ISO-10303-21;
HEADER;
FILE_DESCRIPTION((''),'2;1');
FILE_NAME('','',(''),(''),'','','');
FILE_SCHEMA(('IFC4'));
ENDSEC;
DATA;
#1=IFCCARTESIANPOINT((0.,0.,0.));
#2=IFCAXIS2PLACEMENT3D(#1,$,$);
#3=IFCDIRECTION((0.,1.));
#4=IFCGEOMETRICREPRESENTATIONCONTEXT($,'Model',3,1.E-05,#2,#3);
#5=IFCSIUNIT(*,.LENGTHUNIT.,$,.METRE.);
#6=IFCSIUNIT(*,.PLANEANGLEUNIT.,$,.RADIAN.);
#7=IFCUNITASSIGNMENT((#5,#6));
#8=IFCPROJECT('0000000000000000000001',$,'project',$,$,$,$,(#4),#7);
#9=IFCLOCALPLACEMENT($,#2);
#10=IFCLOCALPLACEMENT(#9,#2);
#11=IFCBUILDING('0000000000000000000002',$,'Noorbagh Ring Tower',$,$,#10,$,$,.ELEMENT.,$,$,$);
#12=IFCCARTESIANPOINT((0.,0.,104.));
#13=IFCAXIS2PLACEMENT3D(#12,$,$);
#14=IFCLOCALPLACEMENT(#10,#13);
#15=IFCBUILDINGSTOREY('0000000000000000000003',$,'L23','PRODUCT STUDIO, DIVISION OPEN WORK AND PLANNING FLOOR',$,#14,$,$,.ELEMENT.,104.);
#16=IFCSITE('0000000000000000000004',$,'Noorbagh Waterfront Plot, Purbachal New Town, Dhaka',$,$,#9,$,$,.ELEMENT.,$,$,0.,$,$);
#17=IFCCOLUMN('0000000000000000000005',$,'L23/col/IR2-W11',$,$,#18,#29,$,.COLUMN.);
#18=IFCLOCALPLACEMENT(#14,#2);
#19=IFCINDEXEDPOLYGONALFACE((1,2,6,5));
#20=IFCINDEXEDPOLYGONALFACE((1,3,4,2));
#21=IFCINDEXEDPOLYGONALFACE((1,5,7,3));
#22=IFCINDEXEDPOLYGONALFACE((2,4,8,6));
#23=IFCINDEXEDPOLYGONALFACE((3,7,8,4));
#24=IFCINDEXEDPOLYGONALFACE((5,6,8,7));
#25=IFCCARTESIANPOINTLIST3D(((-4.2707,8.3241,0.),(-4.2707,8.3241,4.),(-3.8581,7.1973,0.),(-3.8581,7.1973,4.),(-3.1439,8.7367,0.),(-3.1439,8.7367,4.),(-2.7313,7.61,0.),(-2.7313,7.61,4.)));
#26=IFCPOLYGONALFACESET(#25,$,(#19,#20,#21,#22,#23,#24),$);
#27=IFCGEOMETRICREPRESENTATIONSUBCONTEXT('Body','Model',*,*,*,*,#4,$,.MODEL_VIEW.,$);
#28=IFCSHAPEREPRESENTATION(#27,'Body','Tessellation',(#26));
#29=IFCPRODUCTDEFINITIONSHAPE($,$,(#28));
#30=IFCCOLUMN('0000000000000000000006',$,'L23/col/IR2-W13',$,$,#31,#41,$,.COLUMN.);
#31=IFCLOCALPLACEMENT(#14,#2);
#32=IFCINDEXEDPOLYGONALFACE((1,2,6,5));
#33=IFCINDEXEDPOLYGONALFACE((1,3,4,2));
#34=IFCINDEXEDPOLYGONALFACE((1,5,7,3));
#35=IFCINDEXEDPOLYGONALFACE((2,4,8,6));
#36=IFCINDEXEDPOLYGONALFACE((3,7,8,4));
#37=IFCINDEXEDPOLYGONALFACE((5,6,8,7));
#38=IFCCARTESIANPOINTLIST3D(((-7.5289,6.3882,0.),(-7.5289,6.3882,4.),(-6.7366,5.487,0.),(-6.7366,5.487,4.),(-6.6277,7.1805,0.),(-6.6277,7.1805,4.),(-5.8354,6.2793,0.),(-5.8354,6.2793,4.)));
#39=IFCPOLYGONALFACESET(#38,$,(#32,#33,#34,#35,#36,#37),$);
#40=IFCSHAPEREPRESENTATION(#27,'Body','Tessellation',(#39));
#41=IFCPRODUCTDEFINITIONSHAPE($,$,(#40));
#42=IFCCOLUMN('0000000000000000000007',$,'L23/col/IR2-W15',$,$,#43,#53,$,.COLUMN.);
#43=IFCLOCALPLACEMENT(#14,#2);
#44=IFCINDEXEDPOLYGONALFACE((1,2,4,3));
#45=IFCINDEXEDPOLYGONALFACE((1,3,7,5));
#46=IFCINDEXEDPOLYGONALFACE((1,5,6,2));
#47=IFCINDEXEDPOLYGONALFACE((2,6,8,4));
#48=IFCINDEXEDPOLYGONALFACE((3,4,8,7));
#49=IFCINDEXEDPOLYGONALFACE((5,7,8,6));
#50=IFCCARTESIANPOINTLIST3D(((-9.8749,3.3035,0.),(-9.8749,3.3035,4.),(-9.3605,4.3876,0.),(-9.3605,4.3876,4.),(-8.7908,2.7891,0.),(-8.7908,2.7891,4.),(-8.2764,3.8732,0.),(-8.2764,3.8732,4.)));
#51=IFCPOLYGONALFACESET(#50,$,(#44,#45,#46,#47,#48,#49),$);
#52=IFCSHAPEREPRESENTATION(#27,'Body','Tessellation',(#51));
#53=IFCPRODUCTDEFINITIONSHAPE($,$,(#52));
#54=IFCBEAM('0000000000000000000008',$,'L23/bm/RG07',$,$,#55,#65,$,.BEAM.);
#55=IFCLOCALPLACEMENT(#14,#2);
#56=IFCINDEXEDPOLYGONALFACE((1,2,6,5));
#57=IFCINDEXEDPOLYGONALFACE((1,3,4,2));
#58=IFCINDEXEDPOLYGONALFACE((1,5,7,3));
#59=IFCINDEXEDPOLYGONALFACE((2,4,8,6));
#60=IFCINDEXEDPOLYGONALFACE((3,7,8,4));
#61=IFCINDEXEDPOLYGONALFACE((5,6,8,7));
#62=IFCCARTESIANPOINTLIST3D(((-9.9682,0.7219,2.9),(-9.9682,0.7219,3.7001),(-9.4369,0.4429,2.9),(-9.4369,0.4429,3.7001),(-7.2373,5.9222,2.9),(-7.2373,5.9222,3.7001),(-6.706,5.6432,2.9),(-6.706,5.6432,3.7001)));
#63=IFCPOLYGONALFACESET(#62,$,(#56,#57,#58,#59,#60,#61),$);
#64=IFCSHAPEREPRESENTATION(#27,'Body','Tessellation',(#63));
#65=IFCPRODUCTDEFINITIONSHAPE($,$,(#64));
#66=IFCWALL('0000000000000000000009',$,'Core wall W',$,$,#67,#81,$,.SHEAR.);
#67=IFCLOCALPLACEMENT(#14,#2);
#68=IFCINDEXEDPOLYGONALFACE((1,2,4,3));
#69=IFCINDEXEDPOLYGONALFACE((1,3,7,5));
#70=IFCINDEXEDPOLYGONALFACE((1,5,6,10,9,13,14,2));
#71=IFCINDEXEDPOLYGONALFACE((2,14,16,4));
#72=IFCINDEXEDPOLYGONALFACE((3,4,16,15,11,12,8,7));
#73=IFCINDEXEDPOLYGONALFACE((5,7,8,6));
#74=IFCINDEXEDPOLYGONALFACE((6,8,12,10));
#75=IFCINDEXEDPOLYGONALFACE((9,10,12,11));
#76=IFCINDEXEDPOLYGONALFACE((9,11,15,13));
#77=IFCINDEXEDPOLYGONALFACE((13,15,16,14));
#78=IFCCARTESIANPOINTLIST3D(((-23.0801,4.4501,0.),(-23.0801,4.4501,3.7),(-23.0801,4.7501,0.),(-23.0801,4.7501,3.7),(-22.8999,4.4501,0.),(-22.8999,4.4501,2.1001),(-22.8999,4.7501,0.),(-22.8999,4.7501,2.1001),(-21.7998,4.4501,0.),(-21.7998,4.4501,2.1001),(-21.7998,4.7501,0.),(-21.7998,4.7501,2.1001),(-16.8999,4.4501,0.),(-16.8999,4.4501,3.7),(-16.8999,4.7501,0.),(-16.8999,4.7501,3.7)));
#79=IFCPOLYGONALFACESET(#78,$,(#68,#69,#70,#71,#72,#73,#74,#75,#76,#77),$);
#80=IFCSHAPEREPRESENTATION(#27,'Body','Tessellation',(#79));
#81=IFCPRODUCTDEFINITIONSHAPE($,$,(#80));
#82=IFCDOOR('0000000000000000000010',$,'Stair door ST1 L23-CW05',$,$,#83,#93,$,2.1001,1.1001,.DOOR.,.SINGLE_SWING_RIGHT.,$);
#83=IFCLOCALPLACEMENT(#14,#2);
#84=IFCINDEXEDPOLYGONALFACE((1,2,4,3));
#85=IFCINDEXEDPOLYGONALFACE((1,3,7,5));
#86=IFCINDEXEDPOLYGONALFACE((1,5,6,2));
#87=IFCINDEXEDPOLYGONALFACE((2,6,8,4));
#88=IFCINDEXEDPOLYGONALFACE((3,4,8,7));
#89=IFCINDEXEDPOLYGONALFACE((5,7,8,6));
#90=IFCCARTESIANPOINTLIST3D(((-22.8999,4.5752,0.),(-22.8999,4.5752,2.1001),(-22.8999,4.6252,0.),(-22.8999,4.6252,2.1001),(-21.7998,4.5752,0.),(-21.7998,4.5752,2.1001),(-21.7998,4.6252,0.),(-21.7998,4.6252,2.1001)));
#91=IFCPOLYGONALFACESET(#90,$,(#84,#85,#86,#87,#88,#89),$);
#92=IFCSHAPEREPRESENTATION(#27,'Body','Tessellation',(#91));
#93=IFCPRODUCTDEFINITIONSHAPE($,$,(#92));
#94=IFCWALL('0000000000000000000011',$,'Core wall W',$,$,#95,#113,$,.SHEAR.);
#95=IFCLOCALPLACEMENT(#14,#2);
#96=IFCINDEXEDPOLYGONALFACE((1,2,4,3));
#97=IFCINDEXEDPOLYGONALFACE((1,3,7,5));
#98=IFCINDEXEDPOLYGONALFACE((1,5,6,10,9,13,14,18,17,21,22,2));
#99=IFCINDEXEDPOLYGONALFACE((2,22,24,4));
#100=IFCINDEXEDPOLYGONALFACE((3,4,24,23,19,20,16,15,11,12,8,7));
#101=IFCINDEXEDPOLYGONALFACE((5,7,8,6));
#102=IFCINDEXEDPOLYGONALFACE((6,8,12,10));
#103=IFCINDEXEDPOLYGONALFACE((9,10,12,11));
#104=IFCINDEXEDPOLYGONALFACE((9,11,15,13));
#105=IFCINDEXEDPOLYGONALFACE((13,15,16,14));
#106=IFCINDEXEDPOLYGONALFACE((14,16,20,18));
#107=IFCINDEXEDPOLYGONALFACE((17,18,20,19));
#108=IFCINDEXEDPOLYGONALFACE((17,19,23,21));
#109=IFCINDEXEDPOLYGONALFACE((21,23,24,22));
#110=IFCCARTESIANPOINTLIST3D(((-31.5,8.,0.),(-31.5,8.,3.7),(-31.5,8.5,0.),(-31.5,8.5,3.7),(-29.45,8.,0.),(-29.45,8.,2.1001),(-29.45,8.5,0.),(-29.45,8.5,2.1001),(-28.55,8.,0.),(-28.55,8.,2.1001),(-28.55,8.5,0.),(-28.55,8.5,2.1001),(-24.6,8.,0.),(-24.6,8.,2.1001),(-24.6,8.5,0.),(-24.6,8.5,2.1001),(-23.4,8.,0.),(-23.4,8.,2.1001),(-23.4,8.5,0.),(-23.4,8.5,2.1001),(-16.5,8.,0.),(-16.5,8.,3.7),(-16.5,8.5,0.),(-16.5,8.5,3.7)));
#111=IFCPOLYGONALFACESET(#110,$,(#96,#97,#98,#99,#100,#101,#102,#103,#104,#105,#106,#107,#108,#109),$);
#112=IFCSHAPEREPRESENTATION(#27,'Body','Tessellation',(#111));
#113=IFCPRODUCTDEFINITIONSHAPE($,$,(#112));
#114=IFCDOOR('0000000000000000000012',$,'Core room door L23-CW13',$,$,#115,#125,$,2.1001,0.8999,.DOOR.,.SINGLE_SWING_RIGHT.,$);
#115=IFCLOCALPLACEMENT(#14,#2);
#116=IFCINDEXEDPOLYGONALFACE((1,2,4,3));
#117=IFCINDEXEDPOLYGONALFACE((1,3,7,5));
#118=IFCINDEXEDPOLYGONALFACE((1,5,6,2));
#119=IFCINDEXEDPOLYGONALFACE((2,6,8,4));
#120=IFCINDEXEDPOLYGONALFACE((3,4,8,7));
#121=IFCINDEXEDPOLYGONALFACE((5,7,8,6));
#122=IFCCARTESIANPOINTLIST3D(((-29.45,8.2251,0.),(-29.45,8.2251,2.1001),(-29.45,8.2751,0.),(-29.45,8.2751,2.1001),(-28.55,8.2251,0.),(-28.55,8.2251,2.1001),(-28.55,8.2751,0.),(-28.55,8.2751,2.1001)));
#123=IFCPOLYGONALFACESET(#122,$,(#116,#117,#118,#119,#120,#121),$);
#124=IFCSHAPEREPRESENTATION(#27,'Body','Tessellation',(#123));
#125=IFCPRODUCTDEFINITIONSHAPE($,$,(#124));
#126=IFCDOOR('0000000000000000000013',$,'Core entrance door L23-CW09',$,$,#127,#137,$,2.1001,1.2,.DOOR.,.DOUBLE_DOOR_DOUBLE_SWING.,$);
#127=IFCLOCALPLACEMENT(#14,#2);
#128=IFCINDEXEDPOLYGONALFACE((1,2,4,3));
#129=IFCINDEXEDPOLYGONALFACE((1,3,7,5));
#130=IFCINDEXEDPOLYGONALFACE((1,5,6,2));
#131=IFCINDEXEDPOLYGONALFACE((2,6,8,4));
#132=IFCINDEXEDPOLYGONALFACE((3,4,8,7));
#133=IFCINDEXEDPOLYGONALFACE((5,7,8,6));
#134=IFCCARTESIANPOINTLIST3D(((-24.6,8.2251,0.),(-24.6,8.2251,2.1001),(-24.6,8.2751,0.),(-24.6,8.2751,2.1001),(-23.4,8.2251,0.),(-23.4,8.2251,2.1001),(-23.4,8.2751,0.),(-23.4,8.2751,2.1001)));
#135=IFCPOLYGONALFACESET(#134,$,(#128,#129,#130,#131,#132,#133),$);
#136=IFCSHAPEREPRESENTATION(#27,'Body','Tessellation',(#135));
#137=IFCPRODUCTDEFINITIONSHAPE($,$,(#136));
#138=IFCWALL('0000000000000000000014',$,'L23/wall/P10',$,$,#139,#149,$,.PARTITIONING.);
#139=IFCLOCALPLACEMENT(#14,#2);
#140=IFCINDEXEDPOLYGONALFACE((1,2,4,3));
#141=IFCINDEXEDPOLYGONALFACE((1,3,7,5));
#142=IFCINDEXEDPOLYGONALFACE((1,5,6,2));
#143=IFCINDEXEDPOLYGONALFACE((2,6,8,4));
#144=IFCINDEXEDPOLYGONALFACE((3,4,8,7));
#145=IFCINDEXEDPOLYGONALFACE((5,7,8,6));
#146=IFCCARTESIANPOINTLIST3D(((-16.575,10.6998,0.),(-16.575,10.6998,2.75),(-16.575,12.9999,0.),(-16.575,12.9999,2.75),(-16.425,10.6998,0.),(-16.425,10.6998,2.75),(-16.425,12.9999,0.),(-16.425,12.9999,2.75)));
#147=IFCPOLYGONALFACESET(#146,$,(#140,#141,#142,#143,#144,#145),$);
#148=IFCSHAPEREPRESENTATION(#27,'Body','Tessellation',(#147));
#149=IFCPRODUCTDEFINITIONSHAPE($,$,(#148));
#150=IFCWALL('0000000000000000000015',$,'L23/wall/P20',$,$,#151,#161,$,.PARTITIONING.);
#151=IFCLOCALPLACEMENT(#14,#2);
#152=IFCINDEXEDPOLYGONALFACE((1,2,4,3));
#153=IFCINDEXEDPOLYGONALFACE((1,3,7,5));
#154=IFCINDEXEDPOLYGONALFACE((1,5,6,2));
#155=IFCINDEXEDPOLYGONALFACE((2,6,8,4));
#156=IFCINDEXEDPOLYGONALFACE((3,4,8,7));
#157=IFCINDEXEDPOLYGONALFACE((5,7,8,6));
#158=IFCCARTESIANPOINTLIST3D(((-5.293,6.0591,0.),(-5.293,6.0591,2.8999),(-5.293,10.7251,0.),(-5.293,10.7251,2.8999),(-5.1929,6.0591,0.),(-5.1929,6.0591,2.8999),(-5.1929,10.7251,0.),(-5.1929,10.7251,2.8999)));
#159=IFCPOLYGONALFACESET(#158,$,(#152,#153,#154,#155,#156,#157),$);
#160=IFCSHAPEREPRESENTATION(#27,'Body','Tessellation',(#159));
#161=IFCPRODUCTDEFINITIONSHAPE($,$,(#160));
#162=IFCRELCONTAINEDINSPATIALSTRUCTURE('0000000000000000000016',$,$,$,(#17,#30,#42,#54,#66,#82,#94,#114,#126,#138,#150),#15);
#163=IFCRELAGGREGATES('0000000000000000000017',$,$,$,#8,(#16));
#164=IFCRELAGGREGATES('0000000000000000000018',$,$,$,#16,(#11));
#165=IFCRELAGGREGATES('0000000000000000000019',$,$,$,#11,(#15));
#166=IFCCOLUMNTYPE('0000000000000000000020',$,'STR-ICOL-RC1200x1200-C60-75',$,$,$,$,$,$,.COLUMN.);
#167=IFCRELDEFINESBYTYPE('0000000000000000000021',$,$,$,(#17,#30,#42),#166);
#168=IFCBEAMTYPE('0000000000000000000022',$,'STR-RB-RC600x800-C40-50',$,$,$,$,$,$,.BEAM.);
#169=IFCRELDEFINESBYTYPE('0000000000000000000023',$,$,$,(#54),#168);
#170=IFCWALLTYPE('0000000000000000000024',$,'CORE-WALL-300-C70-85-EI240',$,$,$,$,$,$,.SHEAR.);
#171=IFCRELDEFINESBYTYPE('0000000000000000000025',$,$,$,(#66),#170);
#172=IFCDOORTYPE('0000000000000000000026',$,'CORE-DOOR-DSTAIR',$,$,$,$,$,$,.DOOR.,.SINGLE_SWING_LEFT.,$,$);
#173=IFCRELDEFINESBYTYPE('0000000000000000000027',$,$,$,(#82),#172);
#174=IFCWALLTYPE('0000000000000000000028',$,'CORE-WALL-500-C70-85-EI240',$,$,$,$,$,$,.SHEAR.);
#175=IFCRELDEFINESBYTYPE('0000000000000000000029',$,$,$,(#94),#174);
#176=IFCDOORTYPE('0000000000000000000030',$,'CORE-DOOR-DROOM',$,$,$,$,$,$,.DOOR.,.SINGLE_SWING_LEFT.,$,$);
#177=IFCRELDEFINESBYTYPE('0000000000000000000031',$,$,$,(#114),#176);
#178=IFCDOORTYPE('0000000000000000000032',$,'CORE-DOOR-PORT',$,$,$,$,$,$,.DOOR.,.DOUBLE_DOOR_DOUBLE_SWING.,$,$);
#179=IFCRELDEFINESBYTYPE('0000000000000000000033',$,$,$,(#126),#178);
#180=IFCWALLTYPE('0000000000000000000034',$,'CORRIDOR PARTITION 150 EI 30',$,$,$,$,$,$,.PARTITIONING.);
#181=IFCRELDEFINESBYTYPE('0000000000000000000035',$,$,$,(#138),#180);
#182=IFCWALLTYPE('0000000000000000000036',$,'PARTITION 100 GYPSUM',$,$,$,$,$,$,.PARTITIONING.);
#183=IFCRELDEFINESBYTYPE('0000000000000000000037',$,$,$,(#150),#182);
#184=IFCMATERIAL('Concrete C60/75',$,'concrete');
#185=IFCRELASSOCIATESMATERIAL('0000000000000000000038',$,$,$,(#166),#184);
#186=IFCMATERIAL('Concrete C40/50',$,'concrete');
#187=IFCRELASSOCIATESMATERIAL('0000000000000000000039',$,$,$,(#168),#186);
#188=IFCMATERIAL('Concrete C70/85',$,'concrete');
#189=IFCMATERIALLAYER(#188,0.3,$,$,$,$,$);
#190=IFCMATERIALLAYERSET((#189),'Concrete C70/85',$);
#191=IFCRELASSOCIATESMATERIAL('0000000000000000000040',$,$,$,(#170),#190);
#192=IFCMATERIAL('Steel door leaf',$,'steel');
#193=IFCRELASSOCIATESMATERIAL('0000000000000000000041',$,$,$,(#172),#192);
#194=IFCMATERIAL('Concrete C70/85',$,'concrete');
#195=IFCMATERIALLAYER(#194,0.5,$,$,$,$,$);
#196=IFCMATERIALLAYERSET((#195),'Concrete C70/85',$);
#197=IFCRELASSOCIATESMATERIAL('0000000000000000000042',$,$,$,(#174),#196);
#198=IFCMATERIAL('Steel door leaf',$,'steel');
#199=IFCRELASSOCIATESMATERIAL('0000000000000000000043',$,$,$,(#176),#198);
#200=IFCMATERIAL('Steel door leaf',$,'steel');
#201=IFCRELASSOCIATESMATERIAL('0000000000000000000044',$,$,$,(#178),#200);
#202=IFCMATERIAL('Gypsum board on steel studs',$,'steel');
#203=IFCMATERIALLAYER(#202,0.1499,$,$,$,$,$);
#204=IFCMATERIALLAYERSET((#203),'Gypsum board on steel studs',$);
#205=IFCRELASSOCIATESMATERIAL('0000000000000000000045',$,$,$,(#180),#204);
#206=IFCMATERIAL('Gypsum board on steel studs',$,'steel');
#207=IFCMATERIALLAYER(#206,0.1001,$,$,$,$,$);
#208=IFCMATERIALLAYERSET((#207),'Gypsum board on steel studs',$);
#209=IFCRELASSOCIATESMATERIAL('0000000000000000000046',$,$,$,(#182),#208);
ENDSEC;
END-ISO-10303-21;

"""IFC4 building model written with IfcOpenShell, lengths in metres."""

from ifc_helpers import new_model, si_unit, direction, frame, frame_2d, origin, origin_2d, place, context, subcontext, project, spatial, rectangle, extrude, material, layer, layer_set, material_profile, profile_set, type_object, element, fill, save


model = new_model("IFC4")

# Units and contexts
model_context = context("Model", 3, precision=1e-05, world=origin(), true_north=direction((0.0, 1.0)))
body_context = subcontext(model_context, "Body", "Model", "MODEL_VIEW")
ifc_project = project(units=[si_unit("LENGTHUNIT", "METRE"), si_unit("PLANEANGLEUNIT", "RADIAN")], contexts=[model_context])

# Site, building, storey
site_placement = place(None, origin())
site = spatial("IfcSite", under=ifc_project, at=site_placement, Name="Noorbagh Waterfront Plot, Purbachal New Town, Dhaka", CompositionType="ELEMENT", RefElevation=0.0)
building_placement = place(site_placement, origin())
building = spatial("IfcBuilding", under=site, at=building_placement, Name="Noorbagh Ring Tower", CompositionType="ELEMENT")
storey_placement = place(building_placement, frame((0.0, 0.0, 104.0)))
storey = spatial("IfcBuildingStorey", under=building, at=storey_placement, Name="L23", Description="PRODUCT STUDIO, DIVISION OPEN WORK AND PLANNING FLOOR", CompositionType="ELEMENT", Elevation=104.0)

# Columns
ifc_material_1 = material(Name="Concrete C60/75", Category="concrete")
ifc_material_profile_1 = material_profile(ifc_material_1, rectangle(XDim=1.2, YDim=1.2, at=origin_2d()), Name="RC1200x1200")
ifc_profile_set_1 = profile_set([ifc_material_profile_1], Name="Concrete C60/75")
column_type = type_object("IfcColumnType", Name="STR-ICOL-RC1200x1200-C60-75", PredefinedType="COLUMN", material=ifc_profile_set_1)
for number, where, z_axis, x_axis, name in (
    (1, (-3.501, 7.967, 0.0), (0.0, 0.0, 1.0), (-0.93902, -0.343864, 0.0), "L23/col/IR2-W11"),
    (2, (-6.6821, 6.3337, 0.0), (0.0, 0.0, 1.0), (-0.751022, -0.660277, 0.0), "L23/col/IR2-W13"),
    (3, (-9.0757, 3.5884, 0.0), (0.0, 0.0, 1.0), (-0.428667, -0.903463, 0.0), "L23/col/IR2-W15"),
):
    element("IfcColumn", number, at=place(storey_placement, frame(where, z_axis=z_axis, x_axis=x_axis)), inside=storey, type_object=column_type, Name=name, PredefinedType="COLUMN", context=body_context, shape_type="SweptSolid", body=[
        extrude(rectangle(XDim=1.2, YDim=1.2, at=origin_2d()), origin(), (0.0, 0.0, 1.0), 4.0),
    ])

# Beam
ifc_material_2 = material(Name="Concrete C40/50", Category="concrete")
ifc_material_profile_2 = material_profile(ifc_material_2, rectangle(XDim=0.6001, YDim=0.8, at=origin_2d()), Name="RC600x800")
ifc_profile_set_2 = profile_set([ifc_material_profile_2], Name="Concrete C40/50")
beam_type = type_object("IfcBeamType", Name="STR-RB-RC600x800-C40-50", PredefinedType="BEAM", material=ifc_profile_set_2)
beam_placement = place(storey_placement, frame((-6.9717, 5.7827, 3.3), z_axis=(-0.464931, -0.885347, 0.0), x_axis=(0.885347, -0.464931, 0.0)))
element("IfcBeam", 4, at=beam_placement, inside=storey, type_object=beam_type, Name="L23/bm/RG07", PredefinedType="BEAM", context=body_context, shape_type="SweptSolid", body=[
    extrude(rectangle(XDim=0.6001, YDim=0.8, at=origin_2d()), origin(), (0.0, 0.0, 1.0), 5.8738),
])

# Wall, opening, door
ifc_material_3 = material(Name="Concrete C70/85", Category="concrete")
ifc_layer_1 = layer(ifc_material_3, 0.3)
ifc_layer_set_1 = layer_set([ifc_layer_1], Name="Concrete C70/85")
wall_type_1 = type_object("IfcWallType", Name="CORE-WALL-300-C70-85-EI240", PredefinedType="SHEAR", material=ifc_layer_set_1)
wall_1_placement = place(storey_placement, frame((-16.8999, 4.6001, 0.0), z_axis=(0.0, 0.0, 1.0), x_axis=(-1.0, 0.0, 0.0)))
wall_1 = element("IfcWall", 5, at=wall_1_placement, inside=storey, type_object=wall_type_1, Name="Core wall W", PredefinedType="SHEAR", context=body_context, shape_type="SweptSolid", body=[
    extrude(rectangle(XDim=6.1802, YDim=0.3, at=frame_2d((3.0901, 0.0))), origin(), (0.0, 0.0, 1.0), 3.7),
])
opening_1_placement = place(wall_1_placement, frame((4.8999, 0.0, 0.0)))
opening_1 = element("IfcOpeningElement", 6, at=opening_1_placement, cuts=wall_1, PredefinedType="OPENING", context=body_context, shape_type="SweptSolid", body=[
    extrude(rectangle(XDim=1.1001, YDim=2.1001, at=frame_2d((0.55, 1.05))), frame((0.0, 0.1602, 0.0), z_axis=(0.0, -1.0, 0.0), x_axis=(1.0, 0.0, 0.0)), (0.0, 0.0, 1.0), 0.3201),
])
ifc_material_4 = material(Name="Steel door leaf", Category="steel")
door_type_1 = type_object("IfcDoorType", Name="CORE-DOOR-DSTAIR", OperationType="SINGLE_SWING_LEFT", PredefinedType="DOOR", material=ifc_material_4)
door_1_placement = place(opening_1_placement, origin())
door_1 = element("IfcDoor", 7, at=door_1_placement, inside=storey, type_object=door_type_1, Name="Stair door ST1 L23-CW05", OperationType="SINGLE_SWING_RIGHT", OverallHeight=2.1001, OverallWidth=1.1001, PredefinedType="DOOR", context=body_context, shape_type="SweptSolid", body=[
    extrude(rectangle(XDim=1.1001, YDim=2.1001, at=frame_2d((0.55, 1.05))), frame((0.0, 0.0249, 0.0), z_axis=(0.0, -1.0, 0.0), x_axis=(1.0, 0.0, 0.0)), (0.0, 0.0, 1.0), 0.05),
])
fill(opening_1, door_1)

# Wall, openings, doors
ifc_material_5 = material(Name="Concrete C70/85", Category="concrete")
ifc_layer_2 = layer(ifc_material_5, 0.5)
ifc_layer_set_2 = layer_set([ifc_layer_2], Name="Concrete C70/85")
wall_type_2 = type_object("IfcWallType", Name="CORE-WALL-500-C70-85-EI240", PredefinedType="SHEAR", material=ifc_layer_set_2)
wall_2_placement = place(storey_placement, frame((-16.5, 8.25, 0.0), z_axis=(0.0, 0.0, 1.0), x_axis=(-1.0, 0.0, 0.0)))
wall_2 = element("IfcWall", 8, at=wall_2_placement, inside=storey, type_object=wall_type_2, Name="Core wall W", PredefinedType="SHEAR", context=body_context, shape_type="SweptSolid", body=[
    extrude(rectangle(XDim=15.0, YDim=0.5, at=frame_2d((7.5, 0.0))), origin(), (0.0, 0.0, 1.0), 3.7),
])
opening_2_placement = place(wall_2_placement, frame((6.8999, 0.0, 0.0)))
opening_2 = element("IfcOpeningElement", 9, at=opening_2_placement, cuts=wall_2, PredefinedType="OPENING", context=body_context, shape_type="SweptSolid", body=[
    extrude(rectangle(XDim=1.2, YDim=2.1001, at=frame_2d((0.6001, 1.05))), frame((0.0, 0.26, 0.0), z_axis=(0.0, -1.0, 0.0), x_axis=(1.0, 0.0, 0.0)), (0.0, 0.0, 1.0), 0.52),
])
opening_3_placement = place(wall_2_placement, frame((12.05, 0.0, 0.0)))
opening_3 = element("IfcOpeningElement", 10, at=opening_3_placement, cuts=wall_2, PredefinedType="OPENING", context=body_context, shape_type="SweptSolid", body=[
    extrude(rectangle(XDim=0.8999, YDim=2.1001, at=frame_2d((0.45, 1.05))), frame((0.0, 0.26, 0.0), z_axis=(0.0, -1.0, 0.0), x_axis=(1.0, 0.0, 0.0)), (0.0, 0.0, 1.0), 0.52),
])
ifc_material_6 = material(Name="Steel door leaf", Category="steel")
door_type_2 = type_object("IfcDoorType", Name="CORE-DOOR-DROOM", OperationType="SINGLE_SWING_LEFT", PredefinedType="DOOR", material=ifc_material_6)
door_2_placement = place(opening_3_placement, origin())
door_2 = element("IfcDoor", 11, at=door_2_placement, inside=storey, type_object=door_type_2, Name="Core room door L23-CW13", OperationType="SINGLE_SWING_RIGHT", OverallHeight=2.1001, OverallWidth=0.8999, PredefinedType="DOOR", context=body_context, shape_type="SweptSolid", body=[
    extrude(rectangle(XDim=0.8999, YDim=2.1001, at=frame_2d((0.45, 1.05))), frame((0.0, 0.0249, 0.0), z_axis=(0.0, -1.0, 0.0), x_axis=(1.0, 0.0, 0.0)), (0.0, 0.0, 1.0), 0.05),
])
fill(opening_3, door_2)
ifc_material_7 = material(Name="Steel door leaf", Category="steel")
door_type_3 = type_object("IfcDoorType", Name="CORE-DOOR-PORT", OperationType="DOUBLE_DOOR_DOUBLE_SWING", PredefinedType="DOOR", material=ifc_material_7)
door_3_placement = place(opening_2_placement, origin())
door_3 = element("IfcDoor", 12, at=door_3_placement, inside=storey, type_object=door_type_3, Name="Core entrance door L23-CW09", OperationType="DOUBLE_DOOR_DOUBLE_SWING", OverallHeight=2.1001, OverallWidth=1.2, PredefinedType="DOOR", context=body_context, shape_type="SweptSolid", body=[
    extrude(rectangle(XDim=1.2, YDim=2.1001, at=frame_2d((0.6001, 1.05))), frame((0.0, 0.0249, 0.0), z_axis=(0.0, -1.0, 0.0), x_axis=(1.0, 0.0, 0.0)), (0.0, 0.0, 1.0), 0.05),
])
fill(opening_2, door_3)

# Walls
ifc_material_8 = material(Name="Gypsum board on steel studs", Category="steel")
ifc_layer_3 = layer(ifc_material_8, 0.1499)
ifc_layer_set_3 = layer_set([ifc_layer_3], Name="Gypsum board on steel studs")
wall_type_3 = type_object("IfcWallType", Name="CORRIDOR PARTITION 150 EI 30", PredefinedType="PARTITIONING", material=ifc_layer_set_3)
wall_3_placement = place(storey_placement, frame((-16.5, 10.7, 0.0), z_axis=(0.0, 0.0, 1.0), x_axis=(0.0, 1.0, 0.0)))
element("IfcWall", 13, at=wall_3_placement, inside=storey, type_object=wall_type_3, Name="L23/wall/P10", PredefinedType="PARTITIONING", context=body_context, shape_type="SweptSolid", body=[
    extrude(rectangle(XDim=2.3, YDim=0.1499, at=frame_2d((1.1499, 0.0))), origin(), (0.0, 0.0, 1.0), 2.75),
])
ifc_material_9 = material(Name="Gypsum board on steel studs", Category="steel")
ifc_layer_4 = layer(ifc_material_9, 0.1001)
ifc_layer_set_4 = layer_set([ifc_layer_4], Name="Gypsum board on steel studs")
wall_type_4 = type_object("IfcWallType", Name="PARTITION 100 GYPSUM", PredefinedType="PARTITIONING", material=ifc_layer_set_4)
wall_4_placement = place(storey_placement, frame((-5.2429, 6.0591, 0.0), z_axis=(0.0, 0.0, 1.0), x_axis=(0.0, 1.0, 0.0)))
element("IfcWall", 14, at=wall_4_placement, inside=storey, type_object=wall_type_4, Name="L23/wall/P20", PredefinedType="PARTITIONING", context=body_context, shape_type="SweptSolid", body=[
    extrude(rectangle(XDim=4.666, YDim=0.1001, at=frame_2d((2.333, 0.0))), origin(), (0.0, 0.0, 1.0), 2.8999),
])

save(model, "model.ifc")
